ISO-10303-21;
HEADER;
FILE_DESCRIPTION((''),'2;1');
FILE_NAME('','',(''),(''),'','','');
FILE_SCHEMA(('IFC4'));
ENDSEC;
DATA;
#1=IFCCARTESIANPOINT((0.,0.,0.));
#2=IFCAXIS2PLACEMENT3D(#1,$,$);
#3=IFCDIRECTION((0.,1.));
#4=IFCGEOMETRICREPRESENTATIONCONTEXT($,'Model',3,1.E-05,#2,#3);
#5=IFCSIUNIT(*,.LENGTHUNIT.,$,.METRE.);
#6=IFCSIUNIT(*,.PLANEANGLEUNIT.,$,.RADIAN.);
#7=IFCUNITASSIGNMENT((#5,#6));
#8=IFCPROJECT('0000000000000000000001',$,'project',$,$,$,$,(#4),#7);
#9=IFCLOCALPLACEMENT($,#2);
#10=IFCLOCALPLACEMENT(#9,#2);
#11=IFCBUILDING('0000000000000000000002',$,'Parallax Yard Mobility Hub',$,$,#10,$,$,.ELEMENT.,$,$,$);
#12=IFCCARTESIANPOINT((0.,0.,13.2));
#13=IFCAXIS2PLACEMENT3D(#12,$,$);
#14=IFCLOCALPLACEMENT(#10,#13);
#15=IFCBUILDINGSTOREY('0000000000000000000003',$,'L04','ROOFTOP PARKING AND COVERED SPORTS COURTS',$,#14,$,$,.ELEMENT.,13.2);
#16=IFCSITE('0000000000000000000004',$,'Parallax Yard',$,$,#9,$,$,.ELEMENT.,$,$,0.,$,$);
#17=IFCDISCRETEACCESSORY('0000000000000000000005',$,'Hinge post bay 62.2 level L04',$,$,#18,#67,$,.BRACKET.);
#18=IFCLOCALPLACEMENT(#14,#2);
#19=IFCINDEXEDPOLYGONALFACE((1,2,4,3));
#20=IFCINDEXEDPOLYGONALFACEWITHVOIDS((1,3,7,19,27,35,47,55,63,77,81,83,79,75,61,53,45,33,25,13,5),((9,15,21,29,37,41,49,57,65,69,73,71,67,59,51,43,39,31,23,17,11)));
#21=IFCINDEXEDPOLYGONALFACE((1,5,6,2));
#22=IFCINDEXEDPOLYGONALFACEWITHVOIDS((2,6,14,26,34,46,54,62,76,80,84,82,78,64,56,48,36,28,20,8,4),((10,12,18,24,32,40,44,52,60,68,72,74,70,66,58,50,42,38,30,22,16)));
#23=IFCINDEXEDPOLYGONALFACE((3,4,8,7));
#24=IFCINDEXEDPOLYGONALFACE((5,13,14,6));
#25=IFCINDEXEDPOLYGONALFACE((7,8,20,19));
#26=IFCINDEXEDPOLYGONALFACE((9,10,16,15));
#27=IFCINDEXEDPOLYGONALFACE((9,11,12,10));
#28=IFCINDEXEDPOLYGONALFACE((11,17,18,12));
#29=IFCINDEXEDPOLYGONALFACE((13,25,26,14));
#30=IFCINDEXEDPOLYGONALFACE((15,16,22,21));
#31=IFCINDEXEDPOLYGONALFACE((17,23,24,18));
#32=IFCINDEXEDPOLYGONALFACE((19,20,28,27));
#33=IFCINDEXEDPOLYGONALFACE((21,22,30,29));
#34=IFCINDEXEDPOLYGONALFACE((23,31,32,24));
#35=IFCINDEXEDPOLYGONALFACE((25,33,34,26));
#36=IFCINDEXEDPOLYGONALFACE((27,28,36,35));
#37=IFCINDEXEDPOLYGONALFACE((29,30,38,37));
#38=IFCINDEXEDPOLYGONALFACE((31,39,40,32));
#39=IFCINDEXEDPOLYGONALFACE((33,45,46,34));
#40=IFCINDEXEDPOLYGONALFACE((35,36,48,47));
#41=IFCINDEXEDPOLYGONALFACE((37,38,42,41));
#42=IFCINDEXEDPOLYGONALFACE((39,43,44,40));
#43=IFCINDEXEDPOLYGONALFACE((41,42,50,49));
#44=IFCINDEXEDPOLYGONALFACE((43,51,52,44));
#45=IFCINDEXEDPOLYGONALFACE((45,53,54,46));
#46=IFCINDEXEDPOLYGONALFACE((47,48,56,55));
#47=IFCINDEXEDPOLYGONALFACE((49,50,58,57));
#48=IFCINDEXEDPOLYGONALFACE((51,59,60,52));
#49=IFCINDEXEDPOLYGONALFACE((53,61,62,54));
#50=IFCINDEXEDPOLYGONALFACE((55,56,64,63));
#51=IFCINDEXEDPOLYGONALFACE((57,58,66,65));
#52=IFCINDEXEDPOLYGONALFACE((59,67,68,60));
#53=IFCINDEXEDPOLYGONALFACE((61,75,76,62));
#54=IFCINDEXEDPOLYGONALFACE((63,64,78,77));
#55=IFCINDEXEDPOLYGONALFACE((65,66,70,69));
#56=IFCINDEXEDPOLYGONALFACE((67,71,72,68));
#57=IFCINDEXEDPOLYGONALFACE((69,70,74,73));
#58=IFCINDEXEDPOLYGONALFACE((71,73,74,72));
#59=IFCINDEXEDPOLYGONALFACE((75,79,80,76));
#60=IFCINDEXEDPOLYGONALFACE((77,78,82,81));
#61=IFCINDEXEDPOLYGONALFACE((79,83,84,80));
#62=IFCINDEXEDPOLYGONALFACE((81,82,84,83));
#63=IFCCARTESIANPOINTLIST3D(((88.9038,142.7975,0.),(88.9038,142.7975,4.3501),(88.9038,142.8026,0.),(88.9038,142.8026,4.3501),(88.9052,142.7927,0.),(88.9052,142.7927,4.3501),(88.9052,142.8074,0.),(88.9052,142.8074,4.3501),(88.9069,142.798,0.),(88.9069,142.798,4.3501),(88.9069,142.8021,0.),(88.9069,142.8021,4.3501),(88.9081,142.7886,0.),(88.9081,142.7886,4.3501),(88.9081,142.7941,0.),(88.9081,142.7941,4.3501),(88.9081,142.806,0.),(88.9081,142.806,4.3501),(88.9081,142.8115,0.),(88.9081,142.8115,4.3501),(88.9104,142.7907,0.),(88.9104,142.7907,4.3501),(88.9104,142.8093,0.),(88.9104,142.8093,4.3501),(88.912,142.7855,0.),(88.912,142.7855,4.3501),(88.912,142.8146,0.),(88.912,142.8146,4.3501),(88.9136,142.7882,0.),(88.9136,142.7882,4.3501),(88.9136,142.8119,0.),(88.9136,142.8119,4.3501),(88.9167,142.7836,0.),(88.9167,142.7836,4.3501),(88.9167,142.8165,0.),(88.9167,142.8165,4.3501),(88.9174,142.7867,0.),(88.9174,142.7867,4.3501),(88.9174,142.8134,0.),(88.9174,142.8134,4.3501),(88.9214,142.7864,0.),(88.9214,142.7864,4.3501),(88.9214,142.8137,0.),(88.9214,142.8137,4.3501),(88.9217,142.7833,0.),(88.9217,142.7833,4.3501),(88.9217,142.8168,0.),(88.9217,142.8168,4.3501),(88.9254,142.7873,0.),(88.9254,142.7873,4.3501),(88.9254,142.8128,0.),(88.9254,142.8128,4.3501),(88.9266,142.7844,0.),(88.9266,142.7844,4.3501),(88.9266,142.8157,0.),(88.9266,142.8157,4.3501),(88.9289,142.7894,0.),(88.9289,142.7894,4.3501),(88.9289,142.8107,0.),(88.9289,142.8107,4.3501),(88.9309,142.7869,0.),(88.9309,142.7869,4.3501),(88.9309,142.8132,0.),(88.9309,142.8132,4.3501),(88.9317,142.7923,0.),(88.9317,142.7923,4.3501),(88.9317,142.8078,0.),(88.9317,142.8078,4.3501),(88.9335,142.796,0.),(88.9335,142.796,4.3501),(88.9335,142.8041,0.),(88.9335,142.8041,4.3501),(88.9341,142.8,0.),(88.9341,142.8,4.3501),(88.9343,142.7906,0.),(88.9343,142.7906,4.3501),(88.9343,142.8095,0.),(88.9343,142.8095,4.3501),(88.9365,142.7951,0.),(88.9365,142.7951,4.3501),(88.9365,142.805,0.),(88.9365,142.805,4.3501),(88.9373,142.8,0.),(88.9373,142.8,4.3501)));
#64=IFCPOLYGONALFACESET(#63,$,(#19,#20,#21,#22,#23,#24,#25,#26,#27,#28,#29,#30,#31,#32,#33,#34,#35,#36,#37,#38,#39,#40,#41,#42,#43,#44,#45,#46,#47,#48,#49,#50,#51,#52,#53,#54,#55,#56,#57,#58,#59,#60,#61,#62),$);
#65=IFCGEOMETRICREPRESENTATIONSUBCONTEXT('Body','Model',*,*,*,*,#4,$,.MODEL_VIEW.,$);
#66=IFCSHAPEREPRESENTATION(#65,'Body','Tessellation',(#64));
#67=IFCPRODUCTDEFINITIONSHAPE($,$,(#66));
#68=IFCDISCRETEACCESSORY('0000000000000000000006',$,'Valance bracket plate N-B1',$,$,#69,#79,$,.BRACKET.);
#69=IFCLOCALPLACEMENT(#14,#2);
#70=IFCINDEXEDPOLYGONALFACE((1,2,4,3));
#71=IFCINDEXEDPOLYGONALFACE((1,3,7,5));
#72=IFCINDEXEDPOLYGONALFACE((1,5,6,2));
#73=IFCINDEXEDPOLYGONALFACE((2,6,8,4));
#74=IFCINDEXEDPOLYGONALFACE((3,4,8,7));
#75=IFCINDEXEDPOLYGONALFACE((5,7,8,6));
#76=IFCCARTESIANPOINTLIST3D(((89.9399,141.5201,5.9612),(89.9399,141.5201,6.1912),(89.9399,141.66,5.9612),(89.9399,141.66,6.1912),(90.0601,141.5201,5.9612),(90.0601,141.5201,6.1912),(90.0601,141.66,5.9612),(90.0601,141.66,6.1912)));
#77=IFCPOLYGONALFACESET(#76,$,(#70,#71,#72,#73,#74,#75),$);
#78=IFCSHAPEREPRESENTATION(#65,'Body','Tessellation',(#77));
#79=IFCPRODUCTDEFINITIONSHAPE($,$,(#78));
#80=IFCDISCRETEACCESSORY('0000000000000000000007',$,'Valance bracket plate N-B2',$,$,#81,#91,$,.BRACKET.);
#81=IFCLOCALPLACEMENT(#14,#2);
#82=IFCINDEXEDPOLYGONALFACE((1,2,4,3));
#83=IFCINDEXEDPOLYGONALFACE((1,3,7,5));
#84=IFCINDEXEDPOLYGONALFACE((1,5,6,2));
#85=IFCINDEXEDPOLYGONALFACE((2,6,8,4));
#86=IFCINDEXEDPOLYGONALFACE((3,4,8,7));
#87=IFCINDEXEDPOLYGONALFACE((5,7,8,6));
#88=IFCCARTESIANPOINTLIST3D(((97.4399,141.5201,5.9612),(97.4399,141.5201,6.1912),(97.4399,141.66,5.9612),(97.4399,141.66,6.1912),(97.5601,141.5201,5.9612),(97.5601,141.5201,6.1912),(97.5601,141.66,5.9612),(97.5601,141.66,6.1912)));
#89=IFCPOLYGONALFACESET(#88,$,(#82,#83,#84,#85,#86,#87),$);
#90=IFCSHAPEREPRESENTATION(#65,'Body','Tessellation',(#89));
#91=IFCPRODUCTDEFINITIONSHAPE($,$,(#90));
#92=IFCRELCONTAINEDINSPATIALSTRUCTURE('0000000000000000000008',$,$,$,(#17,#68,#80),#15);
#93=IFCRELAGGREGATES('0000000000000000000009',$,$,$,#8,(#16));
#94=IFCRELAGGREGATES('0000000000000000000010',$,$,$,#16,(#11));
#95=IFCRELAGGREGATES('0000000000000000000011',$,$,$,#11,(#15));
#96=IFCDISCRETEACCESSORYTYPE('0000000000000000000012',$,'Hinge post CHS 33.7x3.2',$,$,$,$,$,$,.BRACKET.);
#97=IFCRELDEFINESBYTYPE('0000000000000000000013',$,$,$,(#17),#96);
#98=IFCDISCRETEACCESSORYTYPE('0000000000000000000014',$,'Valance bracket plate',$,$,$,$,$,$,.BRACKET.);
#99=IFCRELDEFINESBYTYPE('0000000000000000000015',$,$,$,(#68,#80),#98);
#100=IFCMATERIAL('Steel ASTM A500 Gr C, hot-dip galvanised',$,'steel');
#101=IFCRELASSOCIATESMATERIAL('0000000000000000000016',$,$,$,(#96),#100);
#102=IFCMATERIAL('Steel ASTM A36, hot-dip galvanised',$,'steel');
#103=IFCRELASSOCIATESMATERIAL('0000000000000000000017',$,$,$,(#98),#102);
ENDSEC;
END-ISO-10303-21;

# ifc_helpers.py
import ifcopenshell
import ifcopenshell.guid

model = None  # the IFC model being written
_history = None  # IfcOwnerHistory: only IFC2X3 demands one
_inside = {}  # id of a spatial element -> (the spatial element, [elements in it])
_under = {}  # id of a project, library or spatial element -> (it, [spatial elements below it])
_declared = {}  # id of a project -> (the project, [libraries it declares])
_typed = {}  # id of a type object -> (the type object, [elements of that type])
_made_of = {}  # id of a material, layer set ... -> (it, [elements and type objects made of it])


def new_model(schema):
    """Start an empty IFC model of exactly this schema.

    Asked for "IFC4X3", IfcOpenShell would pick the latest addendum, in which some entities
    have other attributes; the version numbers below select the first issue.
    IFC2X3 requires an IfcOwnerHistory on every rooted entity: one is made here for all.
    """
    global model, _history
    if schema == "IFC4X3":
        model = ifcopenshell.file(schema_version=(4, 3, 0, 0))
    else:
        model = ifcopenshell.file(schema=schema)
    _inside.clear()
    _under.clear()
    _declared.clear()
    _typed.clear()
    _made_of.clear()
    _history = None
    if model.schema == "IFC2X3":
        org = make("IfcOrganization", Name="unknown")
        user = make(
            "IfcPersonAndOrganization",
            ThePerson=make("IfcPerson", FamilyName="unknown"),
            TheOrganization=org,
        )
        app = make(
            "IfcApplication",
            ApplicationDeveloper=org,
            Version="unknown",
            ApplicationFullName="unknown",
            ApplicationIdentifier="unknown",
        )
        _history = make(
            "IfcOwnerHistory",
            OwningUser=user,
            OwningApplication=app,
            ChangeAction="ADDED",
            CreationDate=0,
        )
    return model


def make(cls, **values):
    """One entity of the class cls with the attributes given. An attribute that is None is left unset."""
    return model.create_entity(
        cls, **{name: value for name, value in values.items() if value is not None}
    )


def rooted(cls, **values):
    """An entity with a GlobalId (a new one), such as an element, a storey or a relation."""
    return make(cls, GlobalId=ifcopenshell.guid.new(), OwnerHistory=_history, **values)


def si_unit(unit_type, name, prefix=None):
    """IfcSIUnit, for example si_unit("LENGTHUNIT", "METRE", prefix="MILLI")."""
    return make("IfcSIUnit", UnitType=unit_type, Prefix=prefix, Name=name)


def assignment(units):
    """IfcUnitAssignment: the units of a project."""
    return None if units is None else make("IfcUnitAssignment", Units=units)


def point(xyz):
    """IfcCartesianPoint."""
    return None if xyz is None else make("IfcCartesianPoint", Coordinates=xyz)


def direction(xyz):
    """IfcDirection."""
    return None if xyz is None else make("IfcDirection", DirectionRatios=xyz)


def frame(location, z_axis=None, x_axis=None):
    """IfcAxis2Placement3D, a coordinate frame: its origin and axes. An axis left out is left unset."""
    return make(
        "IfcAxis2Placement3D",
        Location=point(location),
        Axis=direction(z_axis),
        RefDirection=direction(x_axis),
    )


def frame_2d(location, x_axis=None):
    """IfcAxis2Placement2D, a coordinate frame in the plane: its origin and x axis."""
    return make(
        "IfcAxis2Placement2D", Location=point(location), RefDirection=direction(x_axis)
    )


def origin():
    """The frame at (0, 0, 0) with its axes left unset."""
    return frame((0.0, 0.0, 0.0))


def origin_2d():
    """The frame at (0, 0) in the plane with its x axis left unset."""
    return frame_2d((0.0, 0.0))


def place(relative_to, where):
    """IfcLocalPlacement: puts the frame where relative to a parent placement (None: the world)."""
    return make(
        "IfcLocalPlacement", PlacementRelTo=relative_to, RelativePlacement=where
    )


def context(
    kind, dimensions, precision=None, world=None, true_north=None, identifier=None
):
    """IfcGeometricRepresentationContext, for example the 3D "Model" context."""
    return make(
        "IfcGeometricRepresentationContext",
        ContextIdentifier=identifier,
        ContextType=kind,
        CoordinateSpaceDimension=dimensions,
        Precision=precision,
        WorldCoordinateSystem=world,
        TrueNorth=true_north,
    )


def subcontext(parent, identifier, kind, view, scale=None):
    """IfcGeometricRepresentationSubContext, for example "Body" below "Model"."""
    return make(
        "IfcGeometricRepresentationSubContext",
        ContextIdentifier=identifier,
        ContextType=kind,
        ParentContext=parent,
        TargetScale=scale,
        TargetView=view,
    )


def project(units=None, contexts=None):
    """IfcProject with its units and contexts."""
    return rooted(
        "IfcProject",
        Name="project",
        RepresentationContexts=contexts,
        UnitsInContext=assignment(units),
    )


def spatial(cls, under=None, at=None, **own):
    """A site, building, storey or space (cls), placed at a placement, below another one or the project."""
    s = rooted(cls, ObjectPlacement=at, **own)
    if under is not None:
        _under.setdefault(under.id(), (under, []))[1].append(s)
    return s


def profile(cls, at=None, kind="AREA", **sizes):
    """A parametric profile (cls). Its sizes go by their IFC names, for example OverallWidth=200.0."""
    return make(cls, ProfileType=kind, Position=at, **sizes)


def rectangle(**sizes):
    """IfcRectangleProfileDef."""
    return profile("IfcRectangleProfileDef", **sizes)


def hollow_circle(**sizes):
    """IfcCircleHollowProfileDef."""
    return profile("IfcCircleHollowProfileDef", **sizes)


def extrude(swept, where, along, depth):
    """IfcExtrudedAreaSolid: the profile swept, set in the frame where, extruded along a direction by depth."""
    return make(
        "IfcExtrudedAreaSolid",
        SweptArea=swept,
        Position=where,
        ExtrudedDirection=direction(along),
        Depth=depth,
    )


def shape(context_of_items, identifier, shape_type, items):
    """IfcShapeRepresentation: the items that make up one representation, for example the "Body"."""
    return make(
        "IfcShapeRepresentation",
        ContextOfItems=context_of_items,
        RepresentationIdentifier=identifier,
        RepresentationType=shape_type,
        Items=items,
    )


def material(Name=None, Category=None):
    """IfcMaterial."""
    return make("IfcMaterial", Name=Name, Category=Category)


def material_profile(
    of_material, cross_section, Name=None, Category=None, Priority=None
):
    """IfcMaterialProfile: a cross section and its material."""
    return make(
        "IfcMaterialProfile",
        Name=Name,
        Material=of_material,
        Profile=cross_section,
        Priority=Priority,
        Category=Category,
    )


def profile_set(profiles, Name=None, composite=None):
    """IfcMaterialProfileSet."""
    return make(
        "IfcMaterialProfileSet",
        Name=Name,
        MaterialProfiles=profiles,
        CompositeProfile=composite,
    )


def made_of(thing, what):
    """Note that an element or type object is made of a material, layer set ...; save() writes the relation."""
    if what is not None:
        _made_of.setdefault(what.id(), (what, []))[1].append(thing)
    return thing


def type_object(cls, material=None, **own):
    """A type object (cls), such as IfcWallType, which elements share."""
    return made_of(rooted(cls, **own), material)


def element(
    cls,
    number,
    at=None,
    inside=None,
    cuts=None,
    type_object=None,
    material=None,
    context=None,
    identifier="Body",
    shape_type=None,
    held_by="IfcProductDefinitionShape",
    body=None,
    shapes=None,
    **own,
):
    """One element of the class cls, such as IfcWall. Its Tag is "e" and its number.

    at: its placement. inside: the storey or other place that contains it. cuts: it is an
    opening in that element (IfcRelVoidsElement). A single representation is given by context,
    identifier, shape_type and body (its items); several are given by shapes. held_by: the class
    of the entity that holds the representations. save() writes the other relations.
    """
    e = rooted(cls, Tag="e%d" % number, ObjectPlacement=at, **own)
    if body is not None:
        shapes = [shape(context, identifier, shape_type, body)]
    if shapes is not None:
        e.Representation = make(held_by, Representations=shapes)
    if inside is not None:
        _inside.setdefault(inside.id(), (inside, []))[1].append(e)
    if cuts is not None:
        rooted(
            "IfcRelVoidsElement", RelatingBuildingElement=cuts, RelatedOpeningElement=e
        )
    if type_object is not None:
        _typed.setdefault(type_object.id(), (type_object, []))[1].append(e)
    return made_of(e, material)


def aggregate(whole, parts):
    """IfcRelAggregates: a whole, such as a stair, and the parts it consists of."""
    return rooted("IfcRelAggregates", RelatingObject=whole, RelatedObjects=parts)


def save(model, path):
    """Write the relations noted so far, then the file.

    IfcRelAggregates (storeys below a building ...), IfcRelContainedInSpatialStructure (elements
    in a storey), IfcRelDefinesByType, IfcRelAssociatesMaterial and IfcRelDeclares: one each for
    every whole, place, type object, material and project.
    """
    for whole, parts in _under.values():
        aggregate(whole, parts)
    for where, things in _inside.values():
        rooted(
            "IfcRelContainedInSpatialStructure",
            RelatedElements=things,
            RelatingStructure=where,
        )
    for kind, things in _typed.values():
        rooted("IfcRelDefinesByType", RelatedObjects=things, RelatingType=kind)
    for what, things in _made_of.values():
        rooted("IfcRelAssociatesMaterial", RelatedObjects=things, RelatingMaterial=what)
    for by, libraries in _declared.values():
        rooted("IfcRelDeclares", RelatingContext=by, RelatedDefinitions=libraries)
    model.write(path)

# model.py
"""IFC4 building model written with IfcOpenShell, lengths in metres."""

from ifc_helpers import new_model, si_unit, direction, frame, origin, origin_2d, place, context, subcontext, project, spatial, rectangle, hollow_circle, extrude, material, material_profile, profile_set, type_object, element, save


model = new_model("IFC4")

# Units and contexts
model_context = context("Model", 3, precision=1e-05, world=origin(), true_north=direction((0.0, 1.0)))
body_context = subcontext(model_context, "Body", "Model", "MODEL_VIEW")
ifc_project = project(units=[si_unit("LENGTHUNIT", "METRE"), si_unit("PLANEANGLEUNIT", "RADIAN")], contexts=[model_context])

# Site, building, storey
site_placement = place(None, origin())
site = spatial("IfcSite", under=ifc_project, at=site_placement, Name="Parallax Yard", CompositionType="ELEMENT", RefElevation=0.0)
building_placement = place(site_placement, origin())
building = spatial("IfcBuilding", under=site, at=building_placement, Name="Parallax Yard Mobility Hub", CompositionType="ELEMENT")
storey_placement = place(building_placement, frame((0.0, 0.0, 13.2)))
storey = spatial("IfcBuildingStorey", under=building, at=storey_placement, Name="L04", Description="ROOFTOP PARKING AND COVERED SPORTS COURTS", CompositionType="ELEMENT", Elevation=13.2)

# Discrete accessories
ifc_material_1 = material(Name="Steel ASTM A36, hot-dip galvanised", Category="steel")
ifc_material_2 = material(Name="Steel ASTM A500 Gr C, hot-dip galvanised", Category="steel")
ifc_material_profile_1 = material_profile(ifc_material_2, hollow_circle(Radius=0.0168, WallThickness=0.0032, at=origin_2d()), Name="CHS 33.7x3.2")
ifc_profile_set_1 = profile_set([ifc_material_profile_1], Name="Steel ASTM A500 Gr C, hot-dip galvanised")
discrete_accessory_type_1 = type_object("IfcDiscreteAccessoryType", Name="Hinge post CHS 33.7x3.2", PredefinedType="BRACKET", material=ifc_profile_set_1)
discrete_accessory_1_placement = place(storey_placement, frame((88.9204, 142.8, 0.0), z_axis=(0.0, 0.0, 1.0), x_axis=(1.0, 0.0, 0.0)))
element("IfcDiscreteAccessory", 1, at=discrete_accessory_1_placement, inside=storey, type_object=discrete_accessory_type_1, Name="Hinge post bay 62.2 level L04", PredefinedType="BRACKET", context=body_context, shape_type="SweptSolid", body=[
    extrude(hollow_circle(Radius=0.0168, WallThickness=0.0032, at=origin_2d()), origin(), (0.0, 0.0, 1.0), 4.3501),
])
discrete_accessory_type_2 = type_object("IfcDiscreteAccessoryType", Name="Valance bracket plate", PredefinedType="BRACKET", material=ifc_material_1)
for number, where, z_axis, x_axis, name in (
    (2, (90.0, 141.5901, 5.9612), (0.0, 0.0, 1.0), (0.0, 1.0, 0.0), "Valance bracket plate N-B1"),
    (3, (97.5, 141.5901, 5.9612), (0.0, 0.0, 1.0), (0.0, 1.0, 0.0), "Valance bracket plate N-B2"),
):
    element("IfcDiscreteAccessory", number, at=place(storey_placement, frame(where, z_axis=z_axis, x_axis=x_axis)), inside=storey, type_object=discrete_accessory_type_2, Name=name, PredefinedType="BRACKET", context=body_context, shape_type="SweptSolid", body=[
        extrude(rectangle(XDim=0.1399, YDim=0.1201, at=origin_2d()), origin(), (0.0, 0.0, 1.0), 0.23),
    ])

save(model, "model.ifc")
